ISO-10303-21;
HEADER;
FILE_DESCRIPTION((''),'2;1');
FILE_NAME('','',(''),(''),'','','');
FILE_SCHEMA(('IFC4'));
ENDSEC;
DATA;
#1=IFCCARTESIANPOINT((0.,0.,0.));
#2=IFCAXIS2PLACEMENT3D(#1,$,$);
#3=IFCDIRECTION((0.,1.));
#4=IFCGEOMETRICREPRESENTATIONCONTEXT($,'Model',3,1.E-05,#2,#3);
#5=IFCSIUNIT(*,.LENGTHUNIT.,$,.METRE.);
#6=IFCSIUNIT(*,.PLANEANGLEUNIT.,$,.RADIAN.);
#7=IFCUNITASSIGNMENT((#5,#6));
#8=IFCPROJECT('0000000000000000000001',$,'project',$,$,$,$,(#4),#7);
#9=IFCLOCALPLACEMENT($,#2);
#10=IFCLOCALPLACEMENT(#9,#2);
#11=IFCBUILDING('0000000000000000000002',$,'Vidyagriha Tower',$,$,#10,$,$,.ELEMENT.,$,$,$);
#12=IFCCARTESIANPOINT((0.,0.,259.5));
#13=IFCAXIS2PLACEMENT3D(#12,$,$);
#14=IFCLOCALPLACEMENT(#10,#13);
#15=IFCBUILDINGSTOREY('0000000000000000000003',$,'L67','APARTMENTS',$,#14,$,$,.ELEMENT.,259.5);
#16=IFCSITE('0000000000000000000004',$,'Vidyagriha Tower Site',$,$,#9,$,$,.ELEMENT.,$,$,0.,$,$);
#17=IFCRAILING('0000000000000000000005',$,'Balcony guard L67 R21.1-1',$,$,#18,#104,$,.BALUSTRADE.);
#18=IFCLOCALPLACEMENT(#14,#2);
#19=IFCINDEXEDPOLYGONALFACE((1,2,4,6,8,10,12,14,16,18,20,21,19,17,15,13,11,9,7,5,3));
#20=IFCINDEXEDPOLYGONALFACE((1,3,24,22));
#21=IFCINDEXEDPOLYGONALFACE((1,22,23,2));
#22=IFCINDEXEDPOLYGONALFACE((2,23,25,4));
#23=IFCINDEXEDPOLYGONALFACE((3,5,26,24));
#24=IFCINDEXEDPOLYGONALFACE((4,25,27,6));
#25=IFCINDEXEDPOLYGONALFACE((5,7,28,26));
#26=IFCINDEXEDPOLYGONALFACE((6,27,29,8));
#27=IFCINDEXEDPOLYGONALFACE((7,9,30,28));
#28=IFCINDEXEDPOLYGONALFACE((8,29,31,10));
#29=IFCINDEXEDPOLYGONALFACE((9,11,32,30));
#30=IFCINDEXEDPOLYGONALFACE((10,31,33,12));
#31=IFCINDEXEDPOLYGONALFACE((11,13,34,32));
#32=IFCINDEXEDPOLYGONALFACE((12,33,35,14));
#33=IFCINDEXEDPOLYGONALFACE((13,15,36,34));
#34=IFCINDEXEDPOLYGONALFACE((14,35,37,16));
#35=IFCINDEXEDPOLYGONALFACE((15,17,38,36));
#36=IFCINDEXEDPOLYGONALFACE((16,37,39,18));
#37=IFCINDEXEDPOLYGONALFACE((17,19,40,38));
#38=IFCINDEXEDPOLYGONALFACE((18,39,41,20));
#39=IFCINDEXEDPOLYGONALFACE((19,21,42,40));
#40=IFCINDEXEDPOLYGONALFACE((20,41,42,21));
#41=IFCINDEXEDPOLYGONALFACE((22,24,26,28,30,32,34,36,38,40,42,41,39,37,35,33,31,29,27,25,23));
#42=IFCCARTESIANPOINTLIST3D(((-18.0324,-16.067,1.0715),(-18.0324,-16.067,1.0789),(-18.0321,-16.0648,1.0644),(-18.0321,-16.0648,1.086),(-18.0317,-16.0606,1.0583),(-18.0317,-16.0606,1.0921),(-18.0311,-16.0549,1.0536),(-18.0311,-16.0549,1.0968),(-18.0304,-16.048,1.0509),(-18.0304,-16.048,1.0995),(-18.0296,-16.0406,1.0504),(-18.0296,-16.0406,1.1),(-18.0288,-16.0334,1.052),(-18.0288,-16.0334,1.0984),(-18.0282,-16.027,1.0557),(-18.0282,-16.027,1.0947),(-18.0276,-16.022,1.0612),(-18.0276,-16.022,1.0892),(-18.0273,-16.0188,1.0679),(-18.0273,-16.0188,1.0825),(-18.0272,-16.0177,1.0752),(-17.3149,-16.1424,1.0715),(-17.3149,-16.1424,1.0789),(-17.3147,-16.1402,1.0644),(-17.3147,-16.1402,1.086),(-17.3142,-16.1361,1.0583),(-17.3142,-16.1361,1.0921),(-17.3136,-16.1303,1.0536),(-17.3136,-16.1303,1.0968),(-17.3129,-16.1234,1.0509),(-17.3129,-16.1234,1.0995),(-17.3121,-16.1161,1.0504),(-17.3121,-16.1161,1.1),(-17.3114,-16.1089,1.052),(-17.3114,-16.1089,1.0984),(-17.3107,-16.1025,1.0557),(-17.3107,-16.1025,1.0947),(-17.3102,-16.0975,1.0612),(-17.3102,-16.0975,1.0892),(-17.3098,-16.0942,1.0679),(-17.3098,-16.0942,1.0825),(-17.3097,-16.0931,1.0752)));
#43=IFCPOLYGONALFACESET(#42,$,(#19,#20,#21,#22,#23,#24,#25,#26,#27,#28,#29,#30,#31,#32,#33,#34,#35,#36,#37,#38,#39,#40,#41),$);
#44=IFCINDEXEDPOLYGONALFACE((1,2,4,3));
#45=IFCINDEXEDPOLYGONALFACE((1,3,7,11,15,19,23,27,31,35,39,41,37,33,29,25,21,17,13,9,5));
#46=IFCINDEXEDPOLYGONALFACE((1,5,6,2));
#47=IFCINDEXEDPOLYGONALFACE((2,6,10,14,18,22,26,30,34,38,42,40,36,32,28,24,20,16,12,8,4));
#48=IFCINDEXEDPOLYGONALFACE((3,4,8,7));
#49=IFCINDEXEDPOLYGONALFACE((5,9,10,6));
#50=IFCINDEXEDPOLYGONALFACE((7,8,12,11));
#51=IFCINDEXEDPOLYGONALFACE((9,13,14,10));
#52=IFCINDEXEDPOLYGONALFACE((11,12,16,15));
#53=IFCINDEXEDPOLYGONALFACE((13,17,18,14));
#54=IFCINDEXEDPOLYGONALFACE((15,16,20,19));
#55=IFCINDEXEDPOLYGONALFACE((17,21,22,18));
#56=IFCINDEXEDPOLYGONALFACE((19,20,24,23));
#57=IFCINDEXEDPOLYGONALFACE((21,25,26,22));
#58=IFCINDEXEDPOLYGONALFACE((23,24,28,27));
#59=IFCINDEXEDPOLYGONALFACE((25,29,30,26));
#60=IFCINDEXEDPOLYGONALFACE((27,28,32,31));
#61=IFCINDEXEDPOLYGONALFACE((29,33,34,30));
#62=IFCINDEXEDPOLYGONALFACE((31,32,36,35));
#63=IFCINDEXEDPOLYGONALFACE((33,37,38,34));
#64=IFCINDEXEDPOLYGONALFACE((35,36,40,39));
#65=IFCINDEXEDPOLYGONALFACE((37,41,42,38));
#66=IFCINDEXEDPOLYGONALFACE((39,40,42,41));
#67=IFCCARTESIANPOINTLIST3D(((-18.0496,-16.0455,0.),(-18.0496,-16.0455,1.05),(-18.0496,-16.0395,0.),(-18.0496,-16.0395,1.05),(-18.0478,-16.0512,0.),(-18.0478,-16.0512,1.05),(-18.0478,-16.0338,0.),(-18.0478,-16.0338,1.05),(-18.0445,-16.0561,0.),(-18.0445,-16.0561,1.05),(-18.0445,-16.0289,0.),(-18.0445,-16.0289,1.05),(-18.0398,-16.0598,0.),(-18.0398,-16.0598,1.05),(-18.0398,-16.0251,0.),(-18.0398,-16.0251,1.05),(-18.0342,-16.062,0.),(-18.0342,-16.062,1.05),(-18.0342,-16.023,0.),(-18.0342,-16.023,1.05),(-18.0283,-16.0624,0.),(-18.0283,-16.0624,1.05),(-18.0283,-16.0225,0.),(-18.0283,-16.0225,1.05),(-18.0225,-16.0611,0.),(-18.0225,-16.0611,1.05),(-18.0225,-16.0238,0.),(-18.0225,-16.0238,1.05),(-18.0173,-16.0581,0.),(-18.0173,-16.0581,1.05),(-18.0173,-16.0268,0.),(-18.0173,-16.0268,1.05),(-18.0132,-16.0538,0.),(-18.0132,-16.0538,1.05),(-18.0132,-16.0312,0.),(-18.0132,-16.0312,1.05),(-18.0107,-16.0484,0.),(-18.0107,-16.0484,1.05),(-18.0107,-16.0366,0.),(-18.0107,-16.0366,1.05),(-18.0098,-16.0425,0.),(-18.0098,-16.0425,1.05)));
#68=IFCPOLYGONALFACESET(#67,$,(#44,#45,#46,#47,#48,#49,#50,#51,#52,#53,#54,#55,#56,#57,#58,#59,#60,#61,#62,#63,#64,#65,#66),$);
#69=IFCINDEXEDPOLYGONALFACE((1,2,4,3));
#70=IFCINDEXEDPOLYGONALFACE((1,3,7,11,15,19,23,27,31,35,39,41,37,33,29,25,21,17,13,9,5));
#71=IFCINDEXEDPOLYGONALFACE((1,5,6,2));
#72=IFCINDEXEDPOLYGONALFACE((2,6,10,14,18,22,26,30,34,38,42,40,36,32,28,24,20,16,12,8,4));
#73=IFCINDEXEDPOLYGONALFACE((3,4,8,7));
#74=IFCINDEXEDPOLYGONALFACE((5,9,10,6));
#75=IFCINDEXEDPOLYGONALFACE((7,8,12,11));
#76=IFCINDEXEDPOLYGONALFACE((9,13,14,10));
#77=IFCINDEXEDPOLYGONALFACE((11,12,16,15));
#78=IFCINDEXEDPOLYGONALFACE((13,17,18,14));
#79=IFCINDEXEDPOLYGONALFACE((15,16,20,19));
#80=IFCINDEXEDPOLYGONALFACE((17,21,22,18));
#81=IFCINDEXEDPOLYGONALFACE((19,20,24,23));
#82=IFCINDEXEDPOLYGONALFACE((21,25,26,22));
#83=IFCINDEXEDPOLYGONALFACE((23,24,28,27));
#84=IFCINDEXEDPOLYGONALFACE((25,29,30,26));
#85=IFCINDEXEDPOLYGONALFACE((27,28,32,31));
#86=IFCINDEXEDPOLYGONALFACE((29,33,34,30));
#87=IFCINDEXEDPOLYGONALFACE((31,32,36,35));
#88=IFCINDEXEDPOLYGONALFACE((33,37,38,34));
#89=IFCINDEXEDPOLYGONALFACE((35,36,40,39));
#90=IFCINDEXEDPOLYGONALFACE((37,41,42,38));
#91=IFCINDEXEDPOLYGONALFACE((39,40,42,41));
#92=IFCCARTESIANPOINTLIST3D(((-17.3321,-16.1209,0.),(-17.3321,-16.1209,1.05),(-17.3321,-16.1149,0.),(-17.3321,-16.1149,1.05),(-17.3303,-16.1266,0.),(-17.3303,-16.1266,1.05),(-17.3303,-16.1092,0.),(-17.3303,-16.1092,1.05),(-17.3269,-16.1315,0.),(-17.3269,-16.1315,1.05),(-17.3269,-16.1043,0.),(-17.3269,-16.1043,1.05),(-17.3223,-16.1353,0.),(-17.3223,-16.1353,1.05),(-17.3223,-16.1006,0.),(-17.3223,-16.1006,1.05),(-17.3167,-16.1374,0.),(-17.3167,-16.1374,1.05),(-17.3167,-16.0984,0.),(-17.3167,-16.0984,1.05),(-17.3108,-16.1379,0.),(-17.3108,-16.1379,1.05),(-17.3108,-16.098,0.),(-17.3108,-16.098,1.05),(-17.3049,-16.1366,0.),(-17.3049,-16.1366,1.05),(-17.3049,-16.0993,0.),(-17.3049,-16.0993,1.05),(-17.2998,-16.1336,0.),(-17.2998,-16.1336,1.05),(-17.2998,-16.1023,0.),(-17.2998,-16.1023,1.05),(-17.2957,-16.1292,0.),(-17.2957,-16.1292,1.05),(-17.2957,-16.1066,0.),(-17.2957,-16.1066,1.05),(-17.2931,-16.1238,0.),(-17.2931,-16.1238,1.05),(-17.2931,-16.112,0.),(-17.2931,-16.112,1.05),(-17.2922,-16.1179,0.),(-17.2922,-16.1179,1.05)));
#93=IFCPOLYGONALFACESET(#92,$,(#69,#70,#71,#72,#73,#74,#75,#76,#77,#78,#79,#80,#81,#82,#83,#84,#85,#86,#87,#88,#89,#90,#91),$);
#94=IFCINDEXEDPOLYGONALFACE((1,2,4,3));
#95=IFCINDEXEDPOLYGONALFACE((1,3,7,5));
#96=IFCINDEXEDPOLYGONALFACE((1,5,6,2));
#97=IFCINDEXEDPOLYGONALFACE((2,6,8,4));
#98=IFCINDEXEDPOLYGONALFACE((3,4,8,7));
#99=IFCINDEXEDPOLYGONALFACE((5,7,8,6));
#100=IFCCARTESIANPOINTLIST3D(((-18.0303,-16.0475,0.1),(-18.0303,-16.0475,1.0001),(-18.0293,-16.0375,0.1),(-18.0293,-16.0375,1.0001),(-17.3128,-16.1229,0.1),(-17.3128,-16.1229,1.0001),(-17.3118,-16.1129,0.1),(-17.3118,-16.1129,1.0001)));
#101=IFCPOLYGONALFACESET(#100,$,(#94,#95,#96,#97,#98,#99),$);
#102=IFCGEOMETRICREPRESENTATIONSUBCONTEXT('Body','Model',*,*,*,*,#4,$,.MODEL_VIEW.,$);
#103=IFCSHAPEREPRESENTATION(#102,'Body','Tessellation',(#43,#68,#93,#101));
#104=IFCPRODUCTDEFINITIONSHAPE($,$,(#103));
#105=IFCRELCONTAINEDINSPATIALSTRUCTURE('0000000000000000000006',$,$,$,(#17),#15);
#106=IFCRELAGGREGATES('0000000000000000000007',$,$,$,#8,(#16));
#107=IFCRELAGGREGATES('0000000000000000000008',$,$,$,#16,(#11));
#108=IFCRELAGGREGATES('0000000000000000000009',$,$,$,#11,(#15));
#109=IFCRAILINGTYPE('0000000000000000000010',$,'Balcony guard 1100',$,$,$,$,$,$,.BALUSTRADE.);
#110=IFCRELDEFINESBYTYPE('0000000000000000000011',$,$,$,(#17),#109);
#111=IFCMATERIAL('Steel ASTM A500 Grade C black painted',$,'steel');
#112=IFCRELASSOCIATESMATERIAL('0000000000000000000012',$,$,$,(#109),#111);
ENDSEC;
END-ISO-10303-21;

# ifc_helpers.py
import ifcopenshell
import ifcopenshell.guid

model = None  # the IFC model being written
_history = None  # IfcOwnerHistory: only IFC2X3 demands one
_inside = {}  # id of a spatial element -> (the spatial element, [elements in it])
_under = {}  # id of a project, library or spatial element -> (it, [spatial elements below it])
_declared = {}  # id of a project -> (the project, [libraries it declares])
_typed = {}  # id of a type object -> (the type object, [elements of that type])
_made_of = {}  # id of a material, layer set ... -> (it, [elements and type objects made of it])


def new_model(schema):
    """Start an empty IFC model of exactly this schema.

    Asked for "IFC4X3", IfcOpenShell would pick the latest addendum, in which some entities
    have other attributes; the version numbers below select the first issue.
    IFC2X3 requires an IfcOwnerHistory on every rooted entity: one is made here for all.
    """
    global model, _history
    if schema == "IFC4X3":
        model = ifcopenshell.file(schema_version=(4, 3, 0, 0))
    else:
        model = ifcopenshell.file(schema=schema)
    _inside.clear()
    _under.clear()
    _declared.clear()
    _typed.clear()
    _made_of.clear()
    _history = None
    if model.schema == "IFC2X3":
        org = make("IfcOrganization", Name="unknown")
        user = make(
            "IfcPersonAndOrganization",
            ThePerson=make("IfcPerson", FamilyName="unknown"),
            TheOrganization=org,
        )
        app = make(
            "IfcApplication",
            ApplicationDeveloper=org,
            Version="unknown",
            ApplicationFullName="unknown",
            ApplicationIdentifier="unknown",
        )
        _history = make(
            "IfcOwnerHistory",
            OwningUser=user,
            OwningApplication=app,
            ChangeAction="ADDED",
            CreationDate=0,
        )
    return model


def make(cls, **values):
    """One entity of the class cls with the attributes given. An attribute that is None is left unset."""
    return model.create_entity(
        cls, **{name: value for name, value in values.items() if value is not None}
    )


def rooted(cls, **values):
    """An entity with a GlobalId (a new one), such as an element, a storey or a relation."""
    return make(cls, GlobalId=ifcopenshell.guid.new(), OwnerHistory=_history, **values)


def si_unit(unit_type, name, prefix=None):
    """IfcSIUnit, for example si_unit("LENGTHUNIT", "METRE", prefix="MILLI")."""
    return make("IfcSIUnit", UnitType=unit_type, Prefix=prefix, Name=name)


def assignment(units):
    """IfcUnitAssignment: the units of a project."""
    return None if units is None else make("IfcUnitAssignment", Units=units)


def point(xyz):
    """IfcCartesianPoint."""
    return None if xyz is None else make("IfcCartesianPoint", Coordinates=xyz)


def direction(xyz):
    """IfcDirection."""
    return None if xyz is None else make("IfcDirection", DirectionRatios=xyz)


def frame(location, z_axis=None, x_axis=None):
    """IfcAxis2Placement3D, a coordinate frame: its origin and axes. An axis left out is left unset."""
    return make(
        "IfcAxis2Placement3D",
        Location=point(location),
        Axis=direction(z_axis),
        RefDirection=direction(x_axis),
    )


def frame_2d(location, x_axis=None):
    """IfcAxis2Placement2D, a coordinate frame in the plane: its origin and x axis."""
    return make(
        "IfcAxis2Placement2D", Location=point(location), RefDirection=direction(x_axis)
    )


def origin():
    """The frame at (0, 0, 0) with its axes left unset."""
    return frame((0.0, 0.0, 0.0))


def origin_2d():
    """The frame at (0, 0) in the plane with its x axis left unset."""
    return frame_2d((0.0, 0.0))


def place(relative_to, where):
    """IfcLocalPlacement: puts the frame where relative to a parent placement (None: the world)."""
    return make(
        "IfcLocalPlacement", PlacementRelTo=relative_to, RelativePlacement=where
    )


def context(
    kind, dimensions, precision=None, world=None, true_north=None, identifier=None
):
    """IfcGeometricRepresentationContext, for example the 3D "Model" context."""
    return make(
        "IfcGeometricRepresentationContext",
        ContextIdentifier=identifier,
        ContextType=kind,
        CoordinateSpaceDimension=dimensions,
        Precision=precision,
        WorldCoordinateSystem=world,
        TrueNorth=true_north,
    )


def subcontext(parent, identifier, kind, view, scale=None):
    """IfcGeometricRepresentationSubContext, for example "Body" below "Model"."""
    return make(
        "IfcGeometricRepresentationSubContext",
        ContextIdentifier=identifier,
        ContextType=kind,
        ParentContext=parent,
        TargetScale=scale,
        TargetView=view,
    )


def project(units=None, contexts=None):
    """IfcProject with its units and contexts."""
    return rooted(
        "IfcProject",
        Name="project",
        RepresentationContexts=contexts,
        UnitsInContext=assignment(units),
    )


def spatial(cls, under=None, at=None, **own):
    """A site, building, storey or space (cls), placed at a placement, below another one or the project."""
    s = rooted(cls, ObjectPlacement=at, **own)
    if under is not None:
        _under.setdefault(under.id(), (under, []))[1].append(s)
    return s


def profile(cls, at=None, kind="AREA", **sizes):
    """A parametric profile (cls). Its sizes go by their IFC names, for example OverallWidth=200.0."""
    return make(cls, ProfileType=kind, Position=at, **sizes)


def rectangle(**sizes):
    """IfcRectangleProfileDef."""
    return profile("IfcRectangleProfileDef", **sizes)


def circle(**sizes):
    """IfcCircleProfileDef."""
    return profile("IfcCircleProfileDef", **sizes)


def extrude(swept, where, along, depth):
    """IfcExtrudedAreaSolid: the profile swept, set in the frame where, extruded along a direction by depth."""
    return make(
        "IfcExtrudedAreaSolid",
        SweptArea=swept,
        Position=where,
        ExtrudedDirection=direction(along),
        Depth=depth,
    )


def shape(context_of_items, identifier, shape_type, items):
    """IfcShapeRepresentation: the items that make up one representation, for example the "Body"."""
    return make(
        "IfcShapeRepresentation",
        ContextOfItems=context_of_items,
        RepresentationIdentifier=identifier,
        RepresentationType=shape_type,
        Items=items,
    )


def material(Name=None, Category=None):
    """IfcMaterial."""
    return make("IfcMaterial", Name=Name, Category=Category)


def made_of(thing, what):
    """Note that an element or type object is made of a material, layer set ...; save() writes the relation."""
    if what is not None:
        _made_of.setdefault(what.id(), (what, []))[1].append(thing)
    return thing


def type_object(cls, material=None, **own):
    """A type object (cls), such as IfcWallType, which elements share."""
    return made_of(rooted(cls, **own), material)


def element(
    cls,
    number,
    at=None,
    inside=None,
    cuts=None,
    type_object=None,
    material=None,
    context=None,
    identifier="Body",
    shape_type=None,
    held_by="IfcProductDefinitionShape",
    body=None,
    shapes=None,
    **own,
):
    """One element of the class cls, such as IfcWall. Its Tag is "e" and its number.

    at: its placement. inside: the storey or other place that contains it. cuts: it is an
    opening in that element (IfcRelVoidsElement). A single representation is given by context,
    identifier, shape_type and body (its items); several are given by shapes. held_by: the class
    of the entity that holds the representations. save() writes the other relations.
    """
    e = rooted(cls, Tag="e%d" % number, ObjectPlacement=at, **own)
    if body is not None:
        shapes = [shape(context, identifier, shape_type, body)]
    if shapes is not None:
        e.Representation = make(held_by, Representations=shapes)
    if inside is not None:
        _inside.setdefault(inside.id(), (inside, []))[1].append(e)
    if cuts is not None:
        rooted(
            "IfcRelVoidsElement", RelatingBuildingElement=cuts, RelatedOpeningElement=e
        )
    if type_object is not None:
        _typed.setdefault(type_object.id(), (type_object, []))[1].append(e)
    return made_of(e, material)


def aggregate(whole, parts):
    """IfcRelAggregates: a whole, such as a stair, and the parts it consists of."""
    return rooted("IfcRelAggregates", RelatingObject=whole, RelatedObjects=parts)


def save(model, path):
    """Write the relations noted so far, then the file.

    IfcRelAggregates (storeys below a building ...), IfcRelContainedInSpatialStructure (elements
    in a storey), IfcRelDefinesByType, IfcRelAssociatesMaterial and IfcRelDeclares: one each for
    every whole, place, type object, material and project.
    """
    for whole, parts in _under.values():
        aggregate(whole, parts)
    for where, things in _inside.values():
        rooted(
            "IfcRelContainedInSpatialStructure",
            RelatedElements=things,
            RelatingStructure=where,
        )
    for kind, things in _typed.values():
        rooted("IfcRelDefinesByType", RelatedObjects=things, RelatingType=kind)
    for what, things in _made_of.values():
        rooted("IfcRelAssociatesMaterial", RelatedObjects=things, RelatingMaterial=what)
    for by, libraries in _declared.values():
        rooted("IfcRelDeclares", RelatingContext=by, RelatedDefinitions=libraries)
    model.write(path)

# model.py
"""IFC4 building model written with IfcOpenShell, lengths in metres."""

from ifc_helpers import new_model, si_unit, direction, frame, origin, origin_2d, place, context, subcontext, project, spatial, rectangle, circle, extrude, material, type_object, element, save


model = new_model("IFC4")

# Units and contexts
model_context = context("Model", 3, precision=1e-05, world=origin(), true_north=direction((0.0, 1.0)))
body_context = subcontext(model_context, "Body", "Model", "MODEL_VIEW")
ifc_project = project(units=[si_unit("LENGTHUNIT", "METRE"), si_unit("PLANEANGLEUNIT", "RADIAN")], contexts=[model_context])

# Site, building, storey
site_placement = place(None, origin())
site = spatial("IfcSite", under=ifc_project, at=site_placement, Name="Vidyagriha Tower Site", CompositionType="ELEMENT", RefElevation=0.0)
building_placement = place(site_placement, origin())
building = spatial("IfcBuilding", under=site, at=building_placement, Name="Vidyagriha Tower", CompositionType="ELEMENT")
storey_placement = place(building_placement, frame((0.0, 0.0, 259.5)))
storey = spatial("IfcBuildingStorey", under=building, at=storey_placement, Name="L67", Description="APARTMENTS", CompositionType="ELEMENT", Elevation=259.5)

# Railing
ifc_material_1 = material(Name="Steel ASTM A500 Grade C black painted", Category="steel")
railing_type_1 = type_object("IfcRailingType", Name="Balcony guard 1100", PredefinedType="BALUSTRADE", material=ifc_material_1)
railing_1_placement = place(storey_placement, frame((-18.0298, -16.0425, 0.0)))
element("IfcRailing", 1, at=railing_1_placement, inside=storey, type_object=railing_type_1, Name="Balcony guard L67 R21.1-1", PredefinedType="BALUSTRADE", context=body_context, shape_type="SweptSolid", body=[
    extrude(circle(Radius=0.0249, at=origin_2d()), frame((0.0, 0.0, 1.0752), z_axis=(0.994518, -0.104561, 0.0), x_axis=(0.104561, 0.994518, 0.0)), (0.0, 0.0, 1.0), 0.7214),
    extrude(circle(Radius=0.02, at=origin_2d()), origin(), (0.0, 0.0, 1.0), 1.05),
    extrude(circle(Radius=0.02, at=origin_2d()), frame((0.7175, -0.0754, 0.0)), (0.0, 0.0, 1.0), 1.05),
    extrude(rectangle(XDim=0.01, YDim=0.9001, at=origin_2d()), frame((0.0, 0.0, 0.55), z_axis=(0.994518, -0.104561, 0.0), x_axis=(0.104561, 0.994518, 0.0)), (0.0, 0.0, 1.0), 0.7214),
])

save(model, "model.ifc")
